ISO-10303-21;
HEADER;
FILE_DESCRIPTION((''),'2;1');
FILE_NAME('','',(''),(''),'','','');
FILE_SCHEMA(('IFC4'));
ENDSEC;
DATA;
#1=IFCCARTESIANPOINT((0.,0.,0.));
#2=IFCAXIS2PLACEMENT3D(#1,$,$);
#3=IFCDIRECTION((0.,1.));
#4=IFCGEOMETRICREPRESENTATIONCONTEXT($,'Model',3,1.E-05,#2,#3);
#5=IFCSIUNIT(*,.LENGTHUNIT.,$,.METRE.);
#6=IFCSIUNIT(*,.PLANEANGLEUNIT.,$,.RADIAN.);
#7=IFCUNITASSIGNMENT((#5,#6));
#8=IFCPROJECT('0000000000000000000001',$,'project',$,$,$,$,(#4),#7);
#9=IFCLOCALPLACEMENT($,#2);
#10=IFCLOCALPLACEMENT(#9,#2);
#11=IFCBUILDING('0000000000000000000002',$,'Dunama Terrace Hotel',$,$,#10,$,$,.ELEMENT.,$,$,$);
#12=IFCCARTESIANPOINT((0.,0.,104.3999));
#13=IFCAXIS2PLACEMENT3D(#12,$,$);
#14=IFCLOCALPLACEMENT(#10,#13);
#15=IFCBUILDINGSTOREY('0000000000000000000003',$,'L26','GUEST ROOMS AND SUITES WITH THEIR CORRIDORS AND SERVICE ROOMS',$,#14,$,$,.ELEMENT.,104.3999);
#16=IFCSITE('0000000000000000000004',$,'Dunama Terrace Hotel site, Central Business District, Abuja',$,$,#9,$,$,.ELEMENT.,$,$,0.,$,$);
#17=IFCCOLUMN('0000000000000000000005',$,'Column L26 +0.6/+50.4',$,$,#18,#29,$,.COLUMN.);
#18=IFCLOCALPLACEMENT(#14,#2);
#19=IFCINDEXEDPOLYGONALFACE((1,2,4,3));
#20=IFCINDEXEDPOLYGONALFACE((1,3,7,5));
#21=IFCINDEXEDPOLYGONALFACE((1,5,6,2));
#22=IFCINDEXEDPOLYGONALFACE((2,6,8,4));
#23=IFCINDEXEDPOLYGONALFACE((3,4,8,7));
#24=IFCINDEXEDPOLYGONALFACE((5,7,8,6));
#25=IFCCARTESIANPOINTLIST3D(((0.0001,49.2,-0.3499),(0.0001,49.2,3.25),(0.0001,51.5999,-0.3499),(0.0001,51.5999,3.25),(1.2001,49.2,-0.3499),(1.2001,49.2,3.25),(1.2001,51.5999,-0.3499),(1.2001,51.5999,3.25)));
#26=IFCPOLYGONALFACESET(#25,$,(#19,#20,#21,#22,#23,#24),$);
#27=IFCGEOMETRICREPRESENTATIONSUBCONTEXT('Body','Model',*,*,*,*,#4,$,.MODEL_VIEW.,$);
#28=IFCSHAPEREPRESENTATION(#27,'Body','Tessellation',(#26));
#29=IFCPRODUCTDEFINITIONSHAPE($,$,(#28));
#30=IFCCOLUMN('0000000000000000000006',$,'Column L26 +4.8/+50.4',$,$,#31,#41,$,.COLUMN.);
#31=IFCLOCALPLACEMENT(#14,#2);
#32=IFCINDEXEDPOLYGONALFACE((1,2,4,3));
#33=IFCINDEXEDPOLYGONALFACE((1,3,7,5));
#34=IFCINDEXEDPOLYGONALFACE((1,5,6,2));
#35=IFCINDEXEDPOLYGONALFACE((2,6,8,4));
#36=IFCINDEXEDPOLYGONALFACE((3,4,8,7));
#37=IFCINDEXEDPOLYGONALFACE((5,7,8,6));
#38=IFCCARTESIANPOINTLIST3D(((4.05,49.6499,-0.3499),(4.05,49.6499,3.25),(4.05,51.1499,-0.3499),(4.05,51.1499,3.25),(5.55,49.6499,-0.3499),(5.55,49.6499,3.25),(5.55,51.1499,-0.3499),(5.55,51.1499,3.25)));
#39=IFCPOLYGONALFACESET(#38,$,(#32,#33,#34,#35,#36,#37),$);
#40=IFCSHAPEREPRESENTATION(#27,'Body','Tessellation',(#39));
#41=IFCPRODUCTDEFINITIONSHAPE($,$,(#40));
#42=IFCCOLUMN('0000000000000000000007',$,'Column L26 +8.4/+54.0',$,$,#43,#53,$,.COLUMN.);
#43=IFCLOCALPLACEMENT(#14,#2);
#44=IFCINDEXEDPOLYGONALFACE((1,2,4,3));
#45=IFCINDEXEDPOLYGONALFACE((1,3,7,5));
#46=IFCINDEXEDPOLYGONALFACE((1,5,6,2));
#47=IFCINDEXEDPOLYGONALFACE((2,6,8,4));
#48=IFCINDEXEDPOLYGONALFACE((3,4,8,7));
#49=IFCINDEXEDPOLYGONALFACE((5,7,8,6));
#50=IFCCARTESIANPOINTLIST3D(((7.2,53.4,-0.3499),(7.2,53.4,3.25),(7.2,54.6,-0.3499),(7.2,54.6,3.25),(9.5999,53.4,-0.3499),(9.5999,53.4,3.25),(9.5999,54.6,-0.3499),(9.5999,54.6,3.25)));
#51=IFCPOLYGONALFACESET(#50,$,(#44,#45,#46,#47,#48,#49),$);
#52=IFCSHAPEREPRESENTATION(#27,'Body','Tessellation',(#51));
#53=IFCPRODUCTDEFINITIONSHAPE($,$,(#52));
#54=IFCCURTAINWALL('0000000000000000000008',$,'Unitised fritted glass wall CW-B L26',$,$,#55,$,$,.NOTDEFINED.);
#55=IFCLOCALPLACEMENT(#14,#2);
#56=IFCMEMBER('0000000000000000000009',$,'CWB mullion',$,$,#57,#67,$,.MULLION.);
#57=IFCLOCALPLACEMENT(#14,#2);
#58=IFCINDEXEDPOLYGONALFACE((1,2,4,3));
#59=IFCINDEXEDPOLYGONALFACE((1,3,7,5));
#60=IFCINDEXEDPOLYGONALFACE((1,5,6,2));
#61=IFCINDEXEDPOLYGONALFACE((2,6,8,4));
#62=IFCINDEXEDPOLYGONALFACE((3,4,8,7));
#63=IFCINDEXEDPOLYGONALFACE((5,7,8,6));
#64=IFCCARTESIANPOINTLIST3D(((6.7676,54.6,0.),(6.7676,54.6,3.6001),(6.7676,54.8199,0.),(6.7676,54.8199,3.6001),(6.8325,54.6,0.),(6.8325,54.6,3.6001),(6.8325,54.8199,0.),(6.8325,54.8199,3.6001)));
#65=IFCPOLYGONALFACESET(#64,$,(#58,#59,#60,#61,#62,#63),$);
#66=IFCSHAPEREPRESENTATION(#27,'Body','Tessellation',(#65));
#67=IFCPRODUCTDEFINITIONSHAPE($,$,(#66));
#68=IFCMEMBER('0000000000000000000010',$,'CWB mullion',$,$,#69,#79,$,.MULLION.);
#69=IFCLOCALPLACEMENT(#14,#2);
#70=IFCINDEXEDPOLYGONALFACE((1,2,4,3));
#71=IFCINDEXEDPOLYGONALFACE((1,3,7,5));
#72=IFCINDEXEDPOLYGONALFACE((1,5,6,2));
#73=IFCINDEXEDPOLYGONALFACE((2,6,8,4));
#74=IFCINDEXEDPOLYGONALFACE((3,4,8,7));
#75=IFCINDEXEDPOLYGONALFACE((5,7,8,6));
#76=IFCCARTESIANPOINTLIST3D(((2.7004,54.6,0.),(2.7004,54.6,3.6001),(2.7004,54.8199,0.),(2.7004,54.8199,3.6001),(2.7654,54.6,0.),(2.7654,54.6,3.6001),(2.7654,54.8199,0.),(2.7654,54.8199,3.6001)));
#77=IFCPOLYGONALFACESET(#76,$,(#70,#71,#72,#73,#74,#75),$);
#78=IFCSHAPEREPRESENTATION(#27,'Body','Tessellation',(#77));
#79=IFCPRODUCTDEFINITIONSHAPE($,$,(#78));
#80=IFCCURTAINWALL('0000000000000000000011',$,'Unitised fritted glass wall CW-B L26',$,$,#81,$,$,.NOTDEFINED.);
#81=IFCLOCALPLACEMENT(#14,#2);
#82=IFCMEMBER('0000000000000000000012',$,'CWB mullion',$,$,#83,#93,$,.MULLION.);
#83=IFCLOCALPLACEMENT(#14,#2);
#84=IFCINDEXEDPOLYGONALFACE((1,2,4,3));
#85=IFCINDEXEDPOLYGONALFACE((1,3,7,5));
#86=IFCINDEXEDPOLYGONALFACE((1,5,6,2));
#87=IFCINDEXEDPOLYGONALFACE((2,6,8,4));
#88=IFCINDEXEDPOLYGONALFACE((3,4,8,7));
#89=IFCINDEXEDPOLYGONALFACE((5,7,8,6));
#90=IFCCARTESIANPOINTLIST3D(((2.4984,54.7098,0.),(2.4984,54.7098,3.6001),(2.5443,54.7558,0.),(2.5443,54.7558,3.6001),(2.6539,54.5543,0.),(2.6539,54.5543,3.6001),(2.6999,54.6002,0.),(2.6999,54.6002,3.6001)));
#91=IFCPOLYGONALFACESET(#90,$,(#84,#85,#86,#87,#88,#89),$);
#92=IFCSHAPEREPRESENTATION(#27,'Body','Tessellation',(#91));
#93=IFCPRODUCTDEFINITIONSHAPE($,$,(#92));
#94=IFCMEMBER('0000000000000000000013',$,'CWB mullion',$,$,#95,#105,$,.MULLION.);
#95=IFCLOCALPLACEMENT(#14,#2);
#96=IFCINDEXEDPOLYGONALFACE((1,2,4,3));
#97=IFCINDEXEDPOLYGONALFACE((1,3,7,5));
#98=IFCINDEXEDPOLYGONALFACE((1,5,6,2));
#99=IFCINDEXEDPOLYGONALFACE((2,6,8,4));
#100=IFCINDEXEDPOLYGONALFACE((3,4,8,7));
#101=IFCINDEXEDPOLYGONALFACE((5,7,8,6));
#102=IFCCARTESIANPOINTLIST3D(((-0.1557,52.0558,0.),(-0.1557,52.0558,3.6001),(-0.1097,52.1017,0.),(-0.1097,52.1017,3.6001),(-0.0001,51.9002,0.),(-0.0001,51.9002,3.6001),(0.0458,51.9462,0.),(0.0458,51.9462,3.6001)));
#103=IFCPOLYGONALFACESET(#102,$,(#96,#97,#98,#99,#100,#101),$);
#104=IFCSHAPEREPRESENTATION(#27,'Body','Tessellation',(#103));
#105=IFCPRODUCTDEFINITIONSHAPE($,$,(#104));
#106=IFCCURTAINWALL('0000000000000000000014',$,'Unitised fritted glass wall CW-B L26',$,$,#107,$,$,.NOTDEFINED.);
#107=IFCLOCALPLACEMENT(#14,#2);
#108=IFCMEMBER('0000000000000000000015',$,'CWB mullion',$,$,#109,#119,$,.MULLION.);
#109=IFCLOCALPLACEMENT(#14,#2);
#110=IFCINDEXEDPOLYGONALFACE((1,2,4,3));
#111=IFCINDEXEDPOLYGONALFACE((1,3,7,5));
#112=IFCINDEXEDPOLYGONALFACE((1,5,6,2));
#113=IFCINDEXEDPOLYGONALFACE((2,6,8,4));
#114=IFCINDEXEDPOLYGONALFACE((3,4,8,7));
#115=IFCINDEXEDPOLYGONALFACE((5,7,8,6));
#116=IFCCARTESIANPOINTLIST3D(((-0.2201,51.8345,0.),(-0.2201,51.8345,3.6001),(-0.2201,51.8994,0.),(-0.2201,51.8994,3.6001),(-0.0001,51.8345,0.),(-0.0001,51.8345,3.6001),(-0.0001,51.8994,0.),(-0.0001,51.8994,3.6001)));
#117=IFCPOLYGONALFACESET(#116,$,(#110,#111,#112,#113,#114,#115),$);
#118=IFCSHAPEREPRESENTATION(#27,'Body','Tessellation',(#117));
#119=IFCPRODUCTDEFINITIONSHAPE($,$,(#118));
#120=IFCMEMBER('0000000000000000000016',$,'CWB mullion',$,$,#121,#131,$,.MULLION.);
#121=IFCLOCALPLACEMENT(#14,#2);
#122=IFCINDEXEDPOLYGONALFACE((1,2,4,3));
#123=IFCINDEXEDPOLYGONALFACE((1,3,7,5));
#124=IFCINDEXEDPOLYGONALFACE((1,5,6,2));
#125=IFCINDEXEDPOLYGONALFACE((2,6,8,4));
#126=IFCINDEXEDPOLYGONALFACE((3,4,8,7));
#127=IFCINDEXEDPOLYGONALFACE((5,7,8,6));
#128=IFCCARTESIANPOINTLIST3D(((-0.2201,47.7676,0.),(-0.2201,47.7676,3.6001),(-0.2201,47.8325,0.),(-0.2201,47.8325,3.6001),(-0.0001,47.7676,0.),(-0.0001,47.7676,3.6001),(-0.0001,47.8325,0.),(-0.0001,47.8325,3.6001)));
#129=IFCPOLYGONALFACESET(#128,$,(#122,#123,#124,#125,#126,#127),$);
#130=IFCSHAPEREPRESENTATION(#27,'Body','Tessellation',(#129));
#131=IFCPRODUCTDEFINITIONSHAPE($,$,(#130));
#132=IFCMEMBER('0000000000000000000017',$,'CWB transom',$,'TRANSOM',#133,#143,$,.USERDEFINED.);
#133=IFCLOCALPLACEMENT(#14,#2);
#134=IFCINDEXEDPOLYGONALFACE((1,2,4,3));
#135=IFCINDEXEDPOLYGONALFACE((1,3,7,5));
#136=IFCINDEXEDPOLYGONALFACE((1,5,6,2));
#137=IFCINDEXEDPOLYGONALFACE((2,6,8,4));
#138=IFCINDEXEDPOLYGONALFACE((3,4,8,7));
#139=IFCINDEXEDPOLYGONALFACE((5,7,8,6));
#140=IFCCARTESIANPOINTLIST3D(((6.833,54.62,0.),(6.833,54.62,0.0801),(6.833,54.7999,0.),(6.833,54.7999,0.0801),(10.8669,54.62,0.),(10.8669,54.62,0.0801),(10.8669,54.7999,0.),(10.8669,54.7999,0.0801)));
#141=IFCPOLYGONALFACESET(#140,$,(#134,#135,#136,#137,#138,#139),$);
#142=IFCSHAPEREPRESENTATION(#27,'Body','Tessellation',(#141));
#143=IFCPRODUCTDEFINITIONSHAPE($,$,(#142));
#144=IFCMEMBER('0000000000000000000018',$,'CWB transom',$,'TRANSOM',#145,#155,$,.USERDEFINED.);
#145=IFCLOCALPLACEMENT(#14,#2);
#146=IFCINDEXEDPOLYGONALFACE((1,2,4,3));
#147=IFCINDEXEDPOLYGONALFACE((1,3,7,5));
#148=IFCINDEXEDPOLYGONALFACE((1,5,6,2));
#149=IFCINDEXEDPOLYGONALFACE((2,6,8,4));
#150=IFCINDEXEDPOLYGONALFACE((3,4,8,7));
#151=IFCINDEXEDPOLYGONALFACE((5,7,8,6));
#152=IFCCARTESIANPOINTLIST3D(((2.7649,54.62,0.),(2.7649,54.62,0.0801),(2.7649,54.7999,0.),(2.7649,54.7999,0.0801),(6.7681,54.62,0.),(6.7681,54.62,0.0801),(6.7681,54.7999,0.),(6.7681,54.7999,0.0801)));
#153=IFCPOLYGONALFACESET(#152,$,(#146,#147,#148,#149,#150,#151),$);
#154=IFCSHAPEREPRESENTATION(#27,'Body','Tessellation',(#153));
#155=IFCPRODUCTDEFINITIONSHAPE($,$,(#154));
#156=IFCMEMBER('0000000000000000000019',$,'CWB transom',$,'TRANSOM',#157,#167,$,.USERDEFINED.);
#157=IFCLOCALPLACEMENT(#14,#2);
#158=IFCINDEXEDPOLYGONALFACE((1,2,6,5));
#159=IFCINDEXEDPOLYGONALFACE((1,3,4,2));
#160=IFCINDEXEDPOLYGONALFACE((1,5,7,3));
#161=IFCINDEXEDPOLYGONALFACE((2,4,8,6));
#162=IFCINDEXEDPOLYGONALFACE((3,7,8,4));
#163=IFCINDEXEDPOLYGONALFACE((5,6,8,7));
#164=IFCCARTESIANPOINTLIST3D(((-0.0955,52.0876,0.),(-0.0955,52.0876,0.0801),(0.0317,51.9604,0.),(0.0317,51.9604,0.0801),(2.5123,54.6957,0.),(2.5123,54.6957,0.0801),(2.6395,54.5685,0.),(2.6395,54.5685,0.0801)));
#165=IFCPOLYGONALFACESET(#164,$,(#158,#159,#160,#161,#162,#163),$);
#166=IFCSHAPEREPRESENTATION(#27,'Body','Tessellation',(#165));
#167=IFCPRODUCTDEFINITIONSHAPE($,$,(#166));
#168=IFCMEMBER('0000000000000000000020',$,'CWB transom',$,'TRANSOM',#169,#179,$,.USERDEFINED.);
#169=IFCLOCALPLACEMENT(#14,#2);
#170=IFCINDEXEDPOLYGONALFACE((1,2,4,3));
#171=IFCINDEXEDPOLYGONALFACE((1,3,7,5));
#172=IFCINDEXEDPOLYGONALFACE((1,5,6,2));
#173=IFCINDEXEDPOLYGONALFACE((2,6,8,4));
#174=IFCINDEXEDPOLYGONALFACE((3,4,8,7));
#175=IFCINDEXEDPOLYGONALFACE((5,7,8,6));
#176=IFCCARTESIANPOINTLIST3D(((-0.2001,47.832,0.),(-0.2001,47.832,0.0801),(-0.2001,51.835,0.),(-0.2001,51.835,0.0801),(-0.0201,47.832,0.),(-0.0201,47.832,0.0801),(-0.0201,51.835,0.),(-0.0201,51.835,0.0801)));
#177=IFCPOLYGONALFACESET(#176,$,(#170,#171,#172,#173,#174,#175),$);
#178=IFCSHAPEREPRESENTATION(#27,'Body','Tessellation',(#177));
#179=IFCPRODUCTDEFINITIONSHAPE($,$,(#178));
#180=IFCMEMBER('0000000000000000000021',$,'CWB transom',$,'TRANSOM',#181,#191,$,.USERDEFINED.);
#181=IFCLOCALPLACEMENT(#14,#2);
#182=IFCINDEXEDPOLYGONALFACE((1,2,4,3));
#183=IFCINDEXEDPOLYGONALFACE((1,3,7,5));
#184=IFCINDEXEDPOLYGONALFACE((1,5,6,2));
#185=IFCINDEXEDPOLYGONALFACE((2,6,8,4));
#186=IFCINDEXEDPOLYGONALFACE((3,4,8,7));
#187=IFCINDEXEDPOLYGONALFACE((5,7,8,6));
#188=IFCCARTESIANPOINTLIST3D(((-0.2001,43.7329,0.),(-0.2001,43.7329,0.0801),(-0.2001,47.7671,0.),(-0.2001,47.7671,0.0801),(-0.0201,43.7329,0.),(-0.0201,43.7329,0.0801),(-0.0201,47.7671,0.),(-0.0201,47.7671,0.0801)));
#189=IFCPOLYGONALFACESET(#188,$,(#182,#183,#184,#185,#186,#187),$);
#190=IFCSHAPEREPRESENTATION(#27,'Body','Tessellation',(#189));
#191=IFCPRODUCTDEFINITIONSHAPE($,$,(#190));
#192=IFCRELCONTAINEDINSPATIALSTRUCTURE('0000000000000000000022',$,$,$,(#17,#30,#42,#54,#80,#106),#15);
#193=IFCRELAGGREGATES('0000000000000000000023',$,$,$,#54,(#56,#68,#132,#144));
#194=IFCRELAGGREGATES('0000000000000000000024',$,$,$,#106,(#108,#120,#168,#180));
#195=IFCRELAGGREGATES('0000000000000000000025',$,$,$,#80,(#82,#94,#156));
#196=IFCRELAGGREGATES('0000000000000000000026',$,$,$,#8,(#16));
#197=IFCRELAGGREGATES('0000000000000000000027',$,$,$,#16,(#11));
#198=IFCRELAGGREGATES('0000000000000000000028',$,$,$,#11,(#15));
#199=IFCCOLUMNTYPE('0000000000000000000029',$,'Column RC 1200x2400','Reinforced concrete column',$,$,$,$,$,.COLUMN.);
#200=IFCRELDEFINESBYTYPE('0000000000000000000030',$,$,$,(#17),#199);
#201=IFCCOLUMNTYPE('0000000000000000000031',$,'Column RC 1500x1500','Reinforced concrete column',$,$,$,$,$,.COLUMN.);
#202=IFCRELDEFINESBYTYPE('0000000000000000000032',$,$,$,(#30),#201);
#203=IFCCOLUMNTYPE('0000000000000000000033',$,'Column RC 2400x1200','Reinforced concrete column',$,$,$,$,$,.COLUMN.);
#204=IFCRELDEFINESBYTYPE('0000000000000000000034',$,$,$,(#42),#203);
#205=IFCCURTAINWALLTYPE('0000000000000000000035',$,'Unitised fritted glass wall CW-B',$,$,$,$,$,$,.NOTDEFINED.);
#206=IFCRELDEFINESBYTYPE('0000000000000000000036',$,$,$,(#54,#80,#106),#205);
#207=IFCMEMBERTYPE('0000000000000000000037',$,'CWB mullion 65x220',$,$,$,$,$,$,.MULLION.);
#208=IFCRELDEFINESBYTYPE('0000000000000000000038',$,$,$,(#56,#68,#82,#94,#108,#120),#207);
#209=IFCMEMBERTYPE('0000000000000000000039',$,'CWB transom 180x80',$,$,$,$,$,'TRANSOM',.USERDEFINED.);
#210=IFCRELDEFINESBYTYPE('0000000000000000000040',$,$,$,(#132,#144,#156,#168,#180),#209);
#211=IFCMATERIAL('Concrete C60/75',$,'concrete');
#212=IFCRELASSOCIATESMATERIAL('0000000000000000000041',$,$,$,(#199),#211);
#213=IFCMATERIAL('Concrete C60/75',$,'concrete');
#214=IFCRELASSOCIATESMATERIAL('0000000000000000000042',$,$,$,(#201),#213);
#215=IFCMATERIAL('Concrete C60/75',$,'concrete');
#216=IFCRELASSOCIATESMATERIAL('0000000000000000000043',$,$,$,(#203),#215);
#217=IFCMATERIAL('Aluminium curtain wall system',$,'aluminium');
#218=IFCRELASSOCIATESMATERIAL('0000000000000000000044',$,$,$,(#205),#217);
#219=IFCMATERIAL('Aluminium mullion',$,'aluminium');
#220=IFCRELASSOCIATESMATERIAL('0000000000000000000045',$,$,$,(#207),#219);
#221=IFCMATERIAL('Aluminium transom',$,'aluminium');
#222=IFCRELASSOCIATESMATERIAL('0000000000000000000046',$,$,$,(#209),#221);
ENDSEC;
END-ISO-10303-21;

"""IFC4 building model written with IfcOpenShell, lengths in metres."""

from ifc_helpers import new_model, si_unit, direction, frame, origin, origin_2d, place, context, subcontext, project, spatial, rectangle, extrude, material, material_profile, profile_set, type_object, element, aggregate, save


model = new_model("IFC4")

# Units and contexts
model_context = context("Model", 3, precision=1e-05, world=origin(), true_north=direction((0.0, 1.0)))
body_context = subcontext(model_context, "Body", "Model", "MODEL_VIEW")
ifc_project = project(units=[si_unit("LENGTHUNIT", "METRE"), si_unit("PLANEANGLEUNIT", "RADIAN")], contexts=[model_context])

# Site, building, storey
site_placement = place(None, origin())
site = spatial("IfcSite", under=ifc_project, at=site_placement, Name="Dunama Terrace Hotel site, Central Business District, Abuja", CompositionType="ELEMENT", RefElevation=0.0)
building_placement = place(site_placement, origin())
building = spatial("IfcBuilding", under=site, at=building_placement, Name="Dunama Terrace Hotel", CompositionType="ELEMENT")
storey_placement = place(building_placement, frame((0.0, 0.0, 104.3999)))
storey = spatial("IfcBuildingStorey", under=building, at=storey_placement, Name="L26", Description="GUEST ROOMS AND SUITES WITH THEIR CORRIDORS AND SERVICE ROOMS", CompositionType="ELEMENT", Elevation=104.3999)

# Columns
ifc_material_1 = material(Name="Concrete C60/75", Category="concrete")
ifc_material_profile_1 = material_profile(ifc_material_1, rectangle(XDim=1.2, YDim=2.3999, at=origin_2d()), Name="RC 1200x2400")
ifc_profile_set_1 = profile_set([ifc_material_profile_1], Name="Concrete C60/75")
column_type_1 = type_object("IfcColumnType", Name="Column RC 1200x2400", Description="Reinforced concrete column", PredefinedType="COLUMN", material=ifc_profile_set_1)
column_1_placement = place(storey_placement, frame((0.6001, 50.3999, -0.3499), z_axis=(0.0, 0.0, 1.0), x_axis=(1.0, 0.0, 0.0)))
element("IfcColumn", 1, at=column_1_placement, inside=storey, type_object=column_type_1, Name="Column L26 +0.6/+50.4", PredefinedType="COLUMN", context=body_context, shape_type="SweptSolid", body=[
    extrude(rectangle(XDim=1.2, YDim=2.3999, at=origin_2d()), origin(), (0.0, 0.0, 1.0), 3.5999),
])
ifc_material_2 = material(Name="Concrete C60/75", Category="concrete")
ifc_material_profile_2 = material_profile(ifc_material_2, rectangle(XDim=1.5, YDim=1.5, at=origin_2d()), Name="RC 1500x1500")
ifc_profile_set_2 = profile_set([ifc_material_profile_2], Name="Concrete C60/75")
column_type_2 = type_object("IfcColumnType", Name="Column RC 1500x1500", Description="Reinforced concrete column", PredefinedType="COLUMN", material=ifc_profile_set_2)
column_2_placement = place(storey_placement, frame((4.8, 50.3999, -0.3499), z_axis=(0.0, 0.0, 1.0), x_axis=(1.0, 0.0, 0.0)))
element("IfcColumn", 2, at=column_2_placement, inside=storey, type_object=column_type_2, Name="Column L26 +4.8/+50.4", PredefinedType="COLUMN", context=body_context, shape_type="SweptSolid", body=[
    extrude(rectangle(XDim=1.5, YDim=1.5, at=origin_2d()), origin(), (0.0, 0.0, 1.0), 3.5999),
])
ifc_material_3 = material(Name="Concrete C60/75", Category="concrete")
ifc_material_profile_3 = material_profile(ifc_material_3, rectangle(XDim=2.3999, YDim=1.2, at=origin_2d()), Name="RC 2400x1200")
ifc_profile_set_3 = profile_set([ifc_material_profile_3], Name="Concrete C60/75")
column_type_3 = type_object("IfcColumnType", Name="Column RC 2400x1200", Description="Reinforced concrete column", PredefinedType="COLUMN", material=ifc_profile_set_3)
column_3_placement = place(storey_placement, frame((8.3999, 54.0, -0.3499), z_axis=(0.0, 0.0, 1.0), x_axis=(1.0, 0.0, 0.0)))
element("IfcColumn", 3, at=column_3_placement, inside=storey, type_object=column_type_3, Name="Column L26 +8.4/+54.0", PredefinedType="COLUMN", context=body_context, shape_type="SweptSolid", body=[
    extrude(rectangle(XDim=2.3999, YDim=1.2, at=origin_2d()), origin(), (0.0, 0.0, 1.0), 3.5999),
])

# Curtain walls, members
ifc_material_4 = material(Name="Aluminium curtain wall system", Category="aluminium")
curtain_wall_type = type_object("IfcCurtainWallType", Name="Unitised fritted glass wall CW-B", PredefinedType="NOTDEFINED", material=ifc_material_4)
curtain_wall_1_placement = place(storey_placement, origin())
curtain_wall_1 = element("IfcCurtainWall", 4, at=curtain_wall_1_placement, inside=storey, type_object=curtain_wall_type, Name="Unitised fritted glass wall CW-B L26", PredefinedType="NOTDEFINED")
ifc_material_5 = material(Name="Aluminium mullion", Category="aluminium")
ifc_material_profile_4 = material_profile(ifc_material_5, rectangle(XDim=0.0649, YDim=0.22, at=origin_2d()), Name="CWB MULLION 65X220")
ifc_profile_set_4 = profile_set([ifc_material_profile_4], Name="Aluminium mullion")
member_type_1 = type_object("IfcMemberType", Name="CWB mullion 65x220", PredefinedType="MULLION", material=ifc_profile_set_4)
member_1_placement = place(storey_placement, frame((6.8, 54.71, 0.0), z_axis=(0.0, 0.0, 1.0), x_axis=(-1.0, 0.0, 0.0)))
member_1 = element("IfcMember", 5, at=member_1_placement, type_object=member_type_1, Name="CWB mullion", PredefinedType="MULLION", context=body_context, shape_type="SweptSolid", body=[
    extrude(rectangle(XDim=0.0649, YDim=0.22, at=origin_2d()), origin(), (0.0, 0.0, 1.0), 3.6001),
])
member_2_placement = place(storey_placement, frame((2.7329, 54.71, 0.0), z_axis=(0.0, 0.0, 1.0), x_axis=(-1.0, 0.0, 0.0)))
member_2 = element("IfcMember", 6, at=member_2_placement, type_object=member_type_1, Name="CWB mullion", PredefinedType="MULLION", context=body_context, shape_type="SweptSolid", body=[
    extrude(rectangle(XDim=0.0649, YDim=0.22, at=origin_2d()), origin(), (0.0, 0.0, 1.0), 3.6001),
])
curtain_wall_2_placement = place(storey_placement, origin())
curtain_wall_2 = element("IfcCurtainWall", 7, at=curtain_wall_2_placement, inside=storey, type_object=curtain_wall_type, Name="Unitised fritted glass wall CW-B L26", PredefinedType="NOTDEFINED")
member_3_placement = place(storey_placement, frame((2.5991, 54.655, 0.0), z_axis=(0.0, 0.0, 1.0), x_axis=(-0.707107, -0.707107, 0.0)))
member_3 = element("IfcMember", 8, at=member_3_placement, type_object=member_type_1, Name="CWB mullion", PredefinedType="MULLION", context=body_context, shape_type="SweptSolid", body=[
    extrude(rectangle(XDim=0.0649, YDim=0.22, at=origin_2d()), origin(), (0.0, 0.0, 1.0), 3.6001),
])
member_4_placement = place(storey_placement, frame((-0.0549, 52.001, 0.0), z_axis=(0.0, 0.0, 1.0), x_axis=(-0.707107, -0.707107, 0.0)))
member_4 = element("IfcMember", 9, at=member_4_placement, type_object=member_type_1, Name="CWB mullion", PredefinedType="MULLION", context=body_context, shape_type="SweptSolid", body=[
    extrude(rectangle(XDim=0.0649, YDim=0.22, at=origin_2d()), origin(), (0.0, 0.0, 1.0), 3.6001),
])
curtain_wall_3_placement = place(storey_placement, origin())
curtain_wall_3 = element("IfcCurtainWall", 10, at=curtain_wall_3_placement, inside=storey, type_object=curtain_wall_type, Name="Unitised fritted glass wall CW-B L26", PredefinedType="NOTDEFINED")
member_5_placement = place(storey_placement, frame((-0.1101, 51.8669, 0.0), z_axis=(0.0, 0.0, 1.0), x_axis=(0.0, -1.0, 0.0)))
member_5 = element("IfcMember", 11, at=member_5_placement, type_object=member_type_1, Name="CWB mullion", PredefinedType="MULLION", context=body_context, shape_type="SweptSolid", body=[
    extrude(rectangle(XDim=0.0649, YDim=0.22, at=origin_2d()), origin(), (0.0, 0.0, 1.0), 3.6001),
])
member_6_placement = place(storey_placement, frame((-0.1101, 47.8, 0.0), z_axis=(0.0, 0.0, 1.0), x_axis=(0.0, -1.0, 0.0)))
member_6 = element("IfcMember", 12, at=member_6_placement, type_object=member_type_1, Name="CWB mullion", PredefinedType="MULLION", context=body_context, shape_type="SweptSolid", body=[
    extrude(rectangle(XDim=0.0649, YDim=0.22, at=origin_2d()), origin(), (0.0, 0.0, 1.0), 3.6001),
])

# Members
ifc_material_6 = material(Name="Aluminium transom", Category="aluminium")
ifc_material_profile_5 = material_profile(ifc_material_6, rectangle(XDim=0.1799, YDim=0.0801, at=origin_2d()), Name="CWB TRANSOM 180X80")
ifc_profile_set_5 = profile_set([ifc_material_profile_5], Name="Aluminium transom")
member_type_2 = type_object("IfcMemberType", Name="CWB transom 180x80", ElementType="TRANSOM", PredefinedType="USERDEFINED", material=ifc_profile_set_5)
member_7_placement = place(storey_placement, frame((10.8669, 54.71, 0.04), z_axis=(-1.0, 0.0, 0.0), x_axis=(0.0, -1.0, 0.0)))
member_7 = element("IfcMember", 13, at=member_7_placement, type_object=member_type_2, Name="CWB transom", ObjectType="TRANSOM", PredefinedType="USERDEFINED", context=body_context, shape_type="SweptSolid", body=[
    extrude(rectangle(XDim=0.1799, YDim=0.0801, at=origin_2d()), origin(), (0.0, 0.0, 1.0), 4.0339),
])
member_8_placement = place(storey_placement, frame((6.7681, 54.71, 0.04), z_axis=(-1.0, 0.0, 0.0), x_axis=(0.0, -1.0, 0.0)))
member_8 = element("IfcMember", 14, at=member_8_placement, type_object=member_type_2, Name="CWB transom", ObjectType="TRANSOM", PredefinedType="USERDEFINED", context=body_context, shape_type="SweptSolid", body=[
    extrude(rectangle(XDim=0.1799, YDim=0.0801, at=origin_2d()), origin(), (0.0, 0.0, 1.0), 4.0032),
])
member_9_placement = place(storey_placement, frame((2.5759, 54.6321, 0.04), z_axis=(-0.707074, -0.70714, 0.0), x_axis=(0.70714, -0.707074, 0.0)))
member_9 = element("IfcMember", 15, at=member_9_placement, type_object=member_type_2, Name="CWB transom", ObjectType="TRANSOM", PredefinedType="USERDEFINED", context=body_context, shape_type="SweptSolid", body=[
    extrude(rectangle(XDim=0.1799, YDim=0.0801, at=origin_2d()), origin(), (0.0, 0.0, 1.0), 3.6882),
])
member_10_placement = place(storey_placement, frame((-0.1101, 51.835, 0.04), z_axis=(0.0, -1.0, 0.0), x_axis=(1.0, 0.0, 0.0)))
member_10 = element("IfcMember", 16, at=member_10_placement, type_object=member_type_2, Name="CWB transom", ObjectType="TRANSOM", PredefinedType="USERDEFINED", context=body_context, shape_type="SweptSolid", body=[
    extrude(rectangle(XDim=0.1799, YDim=0.0801, at=origin_2d()), origin(), (0.0, 0.0, 1.0), 4.0029),
])
member_11_placement = place(storey_placement, frame((-0.1101, 47.7671, 0.04), z_axis=(0.0, -1.0, 0.0), x_axis=(1.0, 0.0, 0.0)))
member_11 = element("IfcMember", 17, at=member_11_placement, type_object=member_type_2, Name="CWB transom", ObjectType="TRANSOM", PredefinedType="USERDEFINED", context=body_context, shape_type="SweptSolid", body=[
    extrude(rectangle(XDim=0.1799, YDim=0.0801, at=origin_2d()), origin(), (0.0, 0.0, 1.0), 4.0342),
])

aggregate(curtain_wall_1, [member_1, member_2, member_7, member_8])
aggregate(curtain_wall_3, [member_5, member_6, member_10, member_11])
aggregate(curtain_wall_2, [member_3, member_4, member_9])

save(model, "model.ifc")
